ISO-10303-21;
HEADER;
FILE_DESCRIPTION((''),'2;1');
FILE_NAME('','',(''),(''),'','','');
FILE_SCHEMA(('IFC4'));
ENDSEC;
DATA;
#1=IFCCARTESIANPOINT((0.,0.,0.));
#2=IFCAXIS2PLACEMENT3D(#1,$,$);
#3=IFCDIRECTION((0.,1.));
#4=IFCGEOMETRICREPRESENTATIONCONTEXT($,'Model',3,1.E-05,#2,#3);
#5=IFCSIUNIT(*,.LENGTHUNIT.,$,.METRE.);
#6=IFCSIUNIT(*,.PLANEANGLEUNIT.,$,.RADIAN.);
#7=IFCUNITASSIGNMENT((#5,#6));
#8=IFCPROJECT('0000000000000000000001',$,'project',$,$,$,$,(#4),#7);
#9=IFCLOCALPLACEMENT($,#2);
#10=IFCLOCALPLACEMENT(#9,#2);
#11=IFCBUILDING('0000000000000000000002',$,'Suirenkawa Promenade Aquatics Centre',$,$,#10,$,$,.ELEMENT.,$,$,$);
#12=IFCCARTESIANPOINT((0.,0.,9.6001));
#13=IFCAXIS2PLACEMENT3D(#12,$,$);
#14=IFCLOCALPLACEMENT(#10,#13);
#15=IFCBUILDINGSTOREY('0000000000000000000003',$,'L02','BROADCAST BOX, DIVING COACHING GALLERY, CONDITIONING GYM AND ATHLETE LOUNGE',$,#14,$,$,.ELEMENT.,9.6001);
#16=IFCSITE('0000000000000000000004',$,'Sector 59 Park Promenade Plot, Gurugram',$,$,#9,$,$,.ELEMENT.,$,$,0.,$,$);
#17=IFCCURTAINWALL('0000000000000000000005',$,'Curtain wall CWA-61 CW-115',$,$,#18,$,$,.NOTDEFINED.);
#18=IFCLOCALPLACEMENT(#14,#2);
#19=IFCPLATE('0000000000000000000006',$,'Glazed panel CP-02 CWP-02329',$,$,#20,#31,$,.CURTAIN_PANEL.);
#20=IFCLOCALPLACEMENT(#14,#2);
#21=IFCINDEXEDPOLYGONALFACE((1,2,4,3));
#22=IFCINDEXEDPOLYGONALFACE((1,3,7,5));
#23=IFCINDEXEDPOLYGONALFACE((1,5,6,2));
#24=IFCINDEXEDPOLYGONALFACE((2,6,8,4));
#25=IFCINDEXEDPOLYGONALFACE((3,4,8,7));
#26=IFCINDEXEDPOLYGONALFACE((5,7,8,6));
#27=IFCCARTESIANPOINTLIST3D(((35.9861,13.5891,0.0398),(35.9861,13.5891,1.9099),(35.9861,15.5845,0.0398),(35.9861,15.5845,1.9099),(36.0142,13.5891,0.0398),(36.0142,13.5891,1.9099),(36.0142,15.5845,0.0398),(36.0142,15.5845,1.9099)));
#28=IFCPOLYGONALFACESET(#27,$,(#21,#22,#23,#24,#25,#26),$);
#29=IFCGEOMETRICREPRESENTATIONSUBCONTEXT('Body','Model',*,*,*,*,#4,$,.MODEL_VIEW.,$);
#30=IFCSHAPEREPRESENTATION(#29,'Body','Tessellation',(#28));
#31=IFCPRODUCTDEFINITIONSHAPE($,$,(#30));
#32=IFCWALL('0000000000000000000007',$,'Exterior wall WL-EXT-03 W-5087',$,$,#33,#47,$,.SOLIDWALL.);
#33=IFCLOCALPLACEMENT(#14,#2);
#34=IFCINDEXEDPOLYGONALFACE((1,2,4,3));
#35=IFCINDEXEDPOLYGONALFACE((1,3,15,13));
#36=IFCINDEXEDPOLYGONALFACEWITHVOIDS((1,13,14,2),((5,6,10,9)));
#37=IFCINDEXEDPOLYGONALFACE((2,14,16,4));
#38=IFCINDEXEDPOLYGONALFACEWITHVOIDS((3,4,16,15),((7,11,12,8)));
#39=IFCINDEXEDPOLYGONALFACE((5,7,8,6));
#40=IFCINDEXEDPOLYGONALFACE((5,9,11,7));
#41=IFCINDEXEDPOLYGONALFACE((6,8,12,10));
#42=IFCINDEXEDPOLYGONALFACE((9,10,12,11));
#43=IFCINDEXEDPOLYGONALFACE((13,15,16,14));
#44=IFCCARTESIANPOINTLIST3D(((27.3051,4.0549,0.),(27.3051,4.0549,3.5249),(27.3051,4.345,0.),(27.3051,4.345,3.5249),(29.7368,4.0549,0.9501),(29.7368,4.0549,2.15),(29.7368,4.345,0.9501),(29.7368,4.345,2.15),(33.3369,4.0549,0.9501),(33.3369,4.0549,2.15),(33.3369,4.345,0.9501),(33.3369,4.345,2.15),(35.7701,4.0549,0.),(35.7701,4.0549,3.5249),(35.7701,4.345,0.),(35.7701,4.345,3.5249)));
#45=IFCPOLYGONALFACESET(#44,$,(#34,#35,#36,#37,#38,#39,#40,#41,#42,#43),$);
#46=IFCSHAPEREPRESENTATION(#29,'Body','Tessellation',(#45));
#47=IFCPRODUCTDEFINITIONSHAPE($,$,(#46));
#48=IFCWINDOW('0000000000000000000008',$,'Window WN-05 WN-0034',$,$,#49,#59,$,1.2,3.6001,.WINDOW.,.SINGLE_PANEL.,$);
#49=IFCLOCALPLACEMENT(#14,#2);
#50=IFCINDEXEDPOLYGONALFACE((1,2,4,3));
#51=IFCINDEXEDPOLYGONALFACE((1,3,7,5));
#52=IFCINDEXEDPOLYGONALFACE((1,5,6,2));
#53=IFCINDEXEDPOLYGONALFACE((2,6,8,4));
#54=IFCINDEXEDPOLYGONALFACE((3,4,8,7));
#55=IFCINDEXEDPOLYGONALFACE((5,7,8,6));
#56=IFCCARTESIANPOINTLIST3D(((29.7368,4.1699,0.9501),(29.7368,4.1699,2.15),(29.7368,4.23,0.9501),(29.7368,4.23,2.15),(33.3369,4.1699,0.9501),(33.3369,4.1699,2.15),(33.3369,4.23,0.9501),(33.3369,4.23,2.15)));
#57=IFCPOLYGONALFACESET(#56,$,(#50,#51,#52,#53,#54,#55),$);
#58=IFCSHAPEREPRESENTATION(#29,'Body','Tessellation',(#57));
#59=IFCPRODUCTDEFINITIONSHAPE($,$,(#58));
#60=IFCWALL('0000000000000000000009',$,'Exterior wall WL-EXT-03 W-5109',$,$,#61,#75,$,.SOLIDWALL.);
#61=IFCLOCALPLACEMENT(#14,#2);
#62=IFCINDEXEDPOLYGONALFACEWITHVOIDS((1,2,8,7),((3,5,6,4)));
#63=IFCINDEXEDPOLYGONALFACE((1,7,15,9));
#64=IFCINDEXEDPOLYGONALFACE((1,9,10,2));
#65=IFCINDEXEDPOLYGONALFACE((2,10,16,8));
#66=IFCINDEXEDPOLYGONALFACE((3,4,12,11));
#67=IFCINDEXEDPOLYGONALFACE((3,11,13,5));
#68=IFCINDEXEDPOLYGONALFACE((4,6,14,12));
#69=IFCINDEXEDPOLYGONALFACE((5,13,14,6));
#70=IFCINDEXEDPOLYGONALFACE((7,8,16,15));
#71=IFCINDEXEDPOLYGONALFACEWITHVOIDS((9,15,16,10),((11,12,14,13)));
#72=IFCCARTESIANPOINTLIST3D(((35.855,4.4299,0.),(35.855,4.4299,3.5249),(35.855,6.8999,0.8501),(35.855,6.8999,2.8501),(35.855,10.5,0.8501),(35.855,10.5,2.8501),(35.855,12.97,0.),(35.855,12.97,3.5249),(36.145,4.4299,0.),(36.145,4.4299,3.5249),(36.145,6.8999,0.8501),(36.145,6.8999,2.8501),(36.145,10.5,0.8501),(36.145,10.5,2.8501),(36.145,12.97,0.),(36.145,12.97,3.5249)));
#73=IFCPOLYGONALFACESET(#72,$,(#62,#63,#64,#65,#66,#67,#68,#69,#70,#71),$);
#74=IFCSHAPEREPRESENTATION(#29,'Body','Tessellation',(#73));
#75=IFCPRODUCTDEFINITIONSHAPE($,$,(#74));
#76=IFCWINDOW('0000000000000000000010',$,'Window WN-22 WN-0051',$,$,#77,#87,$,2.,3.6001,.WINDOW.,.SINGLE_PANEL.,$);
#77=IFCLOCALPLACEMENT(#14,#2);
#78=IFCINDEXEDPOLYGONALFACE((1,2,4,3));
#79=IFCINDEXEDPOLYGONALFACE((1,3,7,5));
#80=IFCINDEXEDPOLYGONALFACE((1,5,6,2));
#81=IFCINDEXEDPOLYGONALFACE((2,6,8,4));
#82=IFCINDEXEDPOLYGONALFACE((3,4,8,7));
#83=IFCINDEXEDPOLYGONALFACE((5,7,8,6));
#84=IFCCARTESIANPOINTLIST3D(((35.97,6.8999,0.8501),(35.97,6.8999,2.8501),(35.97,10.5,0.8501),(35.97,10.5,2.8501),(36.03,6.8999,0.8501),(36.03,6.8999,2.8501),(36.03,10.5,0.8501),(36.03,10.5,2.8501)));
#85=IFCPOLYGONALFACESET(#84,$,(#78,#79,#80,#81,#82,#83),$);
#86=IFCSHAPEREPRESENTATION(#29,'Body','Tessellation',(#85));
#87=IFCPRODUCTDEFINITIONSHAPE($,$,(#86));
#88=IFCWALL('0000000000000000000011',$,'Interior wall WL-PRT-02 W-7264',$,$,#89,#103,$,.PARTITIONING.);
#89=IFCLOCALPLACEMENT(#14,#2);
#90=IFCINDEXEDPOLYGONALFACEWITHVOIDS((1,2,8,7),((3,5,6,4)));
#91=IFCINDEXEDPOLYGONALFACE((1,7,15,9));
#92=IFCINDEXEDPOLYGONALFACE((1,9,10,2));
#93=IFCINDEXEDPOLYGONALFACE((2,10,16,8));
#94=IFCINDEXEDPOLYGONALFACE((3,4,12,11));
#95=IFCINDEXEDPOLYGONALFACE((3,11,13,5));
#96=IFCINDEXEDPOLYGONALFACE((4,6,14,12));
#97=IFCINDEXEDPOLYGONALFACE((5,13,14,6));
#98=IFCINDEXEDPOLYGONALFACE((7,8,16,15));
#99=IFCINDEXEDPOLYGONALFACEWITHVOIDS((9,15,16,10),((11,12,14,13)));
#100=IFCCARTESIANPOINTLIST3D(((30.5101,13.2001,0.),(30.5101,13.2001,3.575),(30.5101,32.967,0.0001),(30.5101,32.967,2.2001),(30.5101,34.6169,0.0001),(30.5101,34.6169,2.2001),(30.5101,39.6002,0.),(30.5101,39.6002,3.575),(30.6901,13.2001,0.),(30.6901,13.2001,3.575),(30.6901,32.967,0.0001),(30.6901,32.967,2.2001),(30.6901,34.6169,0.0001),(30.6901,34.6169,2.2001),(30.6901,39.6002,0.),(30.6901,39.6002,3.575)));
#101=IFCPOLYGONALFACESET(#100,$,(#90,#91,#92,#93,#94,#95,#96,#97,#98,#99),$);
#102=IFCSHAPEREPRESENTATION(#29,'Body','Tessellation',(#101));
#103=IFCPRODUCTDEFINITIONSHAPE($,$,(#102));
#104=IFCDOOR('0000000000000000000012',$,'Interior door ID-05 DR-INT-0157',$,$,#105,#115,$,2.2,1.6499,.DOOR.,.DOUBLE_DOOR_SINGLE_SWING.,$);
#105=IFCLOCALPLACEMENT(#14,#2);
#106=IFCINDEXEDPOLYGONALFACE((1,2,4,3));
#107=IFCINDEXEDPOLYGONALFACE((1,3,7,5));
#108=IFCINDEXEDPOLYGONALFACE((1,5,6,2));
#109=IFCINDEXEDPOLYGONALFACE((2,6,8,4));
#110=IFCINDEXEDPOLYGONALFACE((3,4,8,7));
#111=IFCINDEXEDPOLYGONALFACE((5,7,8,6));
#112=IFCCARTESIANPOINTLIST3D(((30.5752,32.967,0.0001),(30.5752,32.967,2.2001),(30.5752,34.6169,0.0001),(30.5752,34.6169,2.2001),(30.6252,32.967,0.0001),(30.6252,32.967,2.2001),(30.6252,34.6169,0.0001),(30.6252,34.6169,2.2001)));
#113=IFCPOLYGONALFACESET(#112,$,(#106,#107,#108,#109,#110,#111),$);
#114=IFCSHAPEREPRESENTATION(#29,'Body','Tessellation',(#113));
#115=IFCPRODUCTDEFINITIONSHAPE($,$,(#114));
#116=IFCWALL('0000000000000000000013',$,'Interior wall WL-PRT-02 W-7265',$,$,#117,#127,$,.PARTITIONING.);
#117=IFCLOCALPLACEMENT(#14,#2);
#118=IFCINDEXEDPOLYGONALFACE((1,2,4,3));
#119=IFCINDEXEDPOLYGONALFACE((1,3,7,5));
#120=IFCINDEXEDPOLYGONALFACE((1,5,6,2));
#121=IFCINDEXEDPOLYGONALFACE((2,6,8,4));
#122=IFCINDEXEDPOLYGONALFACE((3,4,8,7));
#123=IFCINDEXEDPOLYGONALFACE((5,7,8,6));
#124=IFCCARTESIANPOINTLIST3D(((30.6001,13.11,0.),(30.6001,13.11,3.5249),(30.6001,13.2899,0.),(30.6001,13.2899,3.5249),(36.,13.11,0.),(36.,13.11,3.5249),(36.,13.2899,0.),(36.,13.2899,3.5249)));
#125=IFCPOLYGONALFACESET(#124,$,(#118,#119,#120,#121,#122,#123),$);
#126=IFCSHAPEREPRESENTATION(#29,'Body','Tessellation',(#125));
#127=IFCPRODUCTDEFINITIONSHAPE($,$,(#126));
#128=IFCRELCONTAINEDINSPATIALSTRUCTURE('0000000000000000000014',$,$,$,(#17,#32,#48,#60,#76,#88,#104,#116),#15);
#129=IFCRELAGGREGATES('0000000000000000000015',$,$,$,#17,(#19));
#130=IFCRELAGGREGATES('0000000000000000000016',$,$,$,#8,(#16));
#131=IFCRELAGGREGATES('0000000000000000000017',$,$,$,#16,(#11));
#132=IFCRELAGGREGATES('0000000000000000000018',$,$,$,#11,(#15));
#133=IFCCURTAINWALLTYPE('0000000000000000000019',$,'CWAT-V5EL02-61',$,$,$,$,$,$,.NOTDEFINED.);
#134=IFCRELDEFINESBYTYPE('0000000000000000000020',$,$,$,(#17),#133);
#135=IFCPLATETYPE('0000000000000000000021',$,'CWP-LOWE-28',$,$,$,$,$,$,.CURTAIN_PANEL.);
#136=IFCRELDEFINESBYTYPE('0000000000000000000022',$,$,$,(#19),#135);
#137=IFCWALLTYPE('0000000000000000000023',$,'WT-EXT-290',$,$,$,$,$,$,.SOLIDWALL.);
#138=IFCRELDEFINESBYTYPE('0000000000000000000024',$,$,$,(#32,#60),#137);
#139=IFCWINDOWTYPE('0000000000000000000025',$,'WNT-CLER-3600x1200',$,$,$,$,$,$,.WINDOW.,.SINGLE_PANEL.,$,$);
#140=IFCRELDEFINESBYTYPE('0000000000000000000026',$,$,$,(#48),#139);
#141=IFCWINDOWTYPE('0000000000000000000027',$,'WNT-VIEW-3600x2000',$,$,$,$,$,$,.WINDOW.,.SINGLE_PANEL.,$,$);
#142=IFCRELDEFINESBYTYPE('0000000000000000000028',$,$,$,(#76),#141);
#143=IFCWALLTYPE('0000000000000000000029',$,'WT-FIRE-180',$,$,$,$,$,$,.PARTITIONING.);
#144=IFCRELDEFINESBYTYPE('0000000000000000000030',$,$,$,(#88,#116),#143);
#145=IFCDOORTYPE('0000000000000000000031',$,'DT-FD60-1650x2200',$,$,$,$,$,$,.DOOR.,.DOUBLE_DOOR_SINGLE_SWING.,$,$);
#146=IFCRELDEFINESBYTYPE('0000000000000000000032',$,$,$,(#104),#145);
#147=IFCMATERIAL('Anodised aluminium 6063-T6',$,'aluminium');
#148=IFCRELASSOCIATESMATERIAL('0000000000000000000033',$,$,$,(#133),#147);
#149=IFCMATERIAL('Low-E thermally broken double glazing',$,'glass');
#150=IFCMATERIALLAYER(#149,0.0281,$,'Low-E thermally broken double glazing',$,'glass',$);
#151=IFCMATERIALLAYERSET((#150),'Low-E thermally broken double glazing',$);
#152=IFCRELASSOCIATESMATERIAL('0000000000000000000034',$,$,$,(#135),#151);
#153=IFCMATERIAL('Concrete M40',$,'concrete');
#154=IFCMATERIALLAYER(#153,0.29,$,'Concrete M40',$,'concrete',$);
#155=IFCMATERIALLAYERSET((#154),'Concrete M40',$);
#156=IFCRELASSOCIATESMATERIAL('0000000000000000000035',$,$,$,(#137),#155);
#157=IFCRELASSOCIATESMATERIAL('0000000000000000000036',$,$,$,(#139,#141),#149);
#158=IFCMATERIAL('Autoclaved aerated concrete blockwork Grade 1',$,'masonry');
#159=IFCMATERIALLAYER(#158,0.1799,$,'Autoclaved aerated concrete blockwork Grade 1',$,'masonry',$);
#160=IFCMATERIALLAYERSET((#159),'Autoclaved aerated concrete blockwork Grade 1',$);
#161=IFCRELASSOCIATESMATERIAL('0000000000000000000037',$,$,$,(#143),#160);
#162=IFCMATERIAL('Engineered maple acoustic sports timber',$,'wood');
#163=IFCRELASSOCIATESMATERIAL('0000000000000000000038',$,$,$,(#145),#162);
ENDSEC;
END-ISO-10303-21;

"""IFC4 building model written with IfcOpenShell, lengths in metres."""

from ifc_helpers import new_model, si_unit, direction, frame, frame_2d, origin, place, context, subcontext, project, spatial, polyline, rectangle, outline, extrude, material, layer, layer_set, type_object, element, fill, aggregate, save


model = new_model("IFC4")

# Units and contexts
model_context = context("Model", 3, precision=1e-05, world=origin(), true_north=direction((0.0, 1.0)))
body_context = subcontext(model_context, "Body", "Model", "MODEL_VIEW")
ifc_project = project(units=[si_unit("LENGTHUNIT", "METRE"), si_unit("PLANEANGLEUNIT", "RADIAN")], contexts=[model_context])

# Site, building, storey
site_placement = place(None, origin())
site = spatial("IfcSite", under=ifc_project, at=site_placement, Name="Sector 59 Park Promenade Plot, Gurugram", CompositionType="ELEMENT", RefElevation=0.0)
building_placement = place(site_placement, origin())
building = spatial("IfcBuilding", under=site, at=building_placement, Name="Suirenkawa Promenade Aquatics Centre", CompositionType="ELEMENT")
storey_placement = place(building_placement, frame((0.0, 0.0, 9.6001)))
storey = spatial("IfcBuildingStorey", under=building, at=storey_placement, Name="L02", Description="BROADCAST BOX, DIVING COACHING GALLERY, CONDITIONING GYM AND ATHLETE LOUNGE", CompositionType="ELEMENT", Elevation=9.6001)

# Shared definitions
ifc_material_1 = material(Name="Concrete M40", Category="concrete")

# Curtain wall, plate
ifc_material_2 = material(Name="Anodised aluminium 6063-T6", Category="aluminium")
curtain_wall_type = type_object("IfcCurtainWallType", Name="CWAT-V5EL02-61", PredefinedType="NOTDEFINED", material=ifc_material_2)
curtain_wall_placement = place(storey_placement, origin())
curtain_wall = element("IfcCurtainWall", 1, at=curtain_wall_placement, inside=storey, type_object=curtain_wall_type, Name="Curtain wall CWA-61 CW-115", PredefinedType="NOTDEFINED")
ifc_material_3 = material(Name="Low-E thermally broken double glazing", Category="glass")
ifc_layer_1 = layer(ifc_material_3, 0.0281, Name="Low-E thermally broken double glazing", Category="glass")
ifc_layer_set_1 = layer_set([ifc_layer_1], Name="Low-E thermally broken double glazing")
plate_type = type_object("IfcPlateType", Name="CWP-LOWE-28", PredefinedType="CURTAIN_PANEL", material=ifc_layer_set_1)
plate_1_placement = place(storey_placement, frame((36.0, 15.6245, 0.0398), z_axis=(0.0, 0.0, 1.0), x_axis=(0.0, -1.0, 0.0)))
plate_1 = element("IfcPlate", 2, at=plate_1_placement, type_object=plate_type, Name="Glazed panel CP-02 CWP-02329", PredefinedType="CURTAIN_PANEL", context=body_context, shape_type="SweptSolid", body=[
    extrude(outline(polyline([(0.04, 0.0), (2.0354, 0.0), (2.0354, 1.8701), (0.04, 1.8701), (0.04, 0.0)])), frame((0.0, 0.0142, 0.0), z_axis=(0.0, -1.0, 0.0), x_axis=(1.0, 0.0, 0.0)), (0.0, 0.0, 1.0), 0.0281),
])
aggregate(curtain_wall, [plate_1])

# Walls, openings, windows
ifc_layer_2 = layer(ifc_material_1, 0.29, Name="Concrete M40", Category="concrete")
ifc_layer_set_2 = layer_set([ifc_layer_2], Name="Concrete M40")
wall_type_1 = type_object("IfcWallType", Name="WT-EXT-290", PredefinedType="SOLIDWALL", material=ifc_layer_set_2)
wall_1_placement = place(storey_placement, frame((35.77, 4.2, 0.0), z_axis=(0.0, 0.0, 1.0), x_axis=(-1.0, 0.0, 0.0)))
wall_1 = element("IfcWall", 3, at=wall_1_placement, inside=storey, type_object=wall_type_1, Name="Exterior wall WL-EXT-03 W-5087", PredefinedType="SOLIDWALL", context=body_context, shape_type="SweptSolid", body=[
    extrude(rectangle(XDim=8.4651, YDim=0.29, at=frame_2d((4.2324, 0.0))), origin(), (0.0, 0.0, 1.0), 3.5249),
])
opening_1_placement = place(wall_1_placement, frame((2.4331, 0.0, 0.95)))
opening_1 = element("IfcOpeningElement", 4, at=opening_1_placement, cuts=wall_1, PredefinedType="OPENING", context=body_context, shape_type="SweptSolid", body=[
    extrude(rectangle(XDim=3.6001, YDim=1.2, at=frame_2d((1.8, 0.6001))), frame((0.0, 0.155, 0.0), z_axis=(0.0, -1.0, 0.0), x_axis=(1.0, 0.0, 0.0)), (0.0, 0.0, 1.0), 0.3101),
])
window_type_1 = type_object("IfcWindowType", Name="WNT-CLER-3600x1200", PartitioningType="SINGLE_PANEL", PredefinedType="WINDOW", material=ifc_material_3)
window_1_placement = place(opening_1_placement, origin())
window_1 = element("IfcWindow", 5, at=window_1_placement, inside=storey, type_object=window_type_1, Name="Window WN-05 WN-0034", OverallHeight=1.2, OverallWidth=3.6001, PartitioningType="SINGLE_PANEL", PredefinedType="WINDOW", context=body_context, shape_type="SweptSolid", body=[
    extrude(rectangle(XDim=3.6001, YDim=1.2, at=frame_2d((1.8, 0.6001))), frame((0.0, 0.03, 0.0), z_axis=(0.0, -1.0, 0.0), x_axis=(1.0, 0.0, 0.0)), (0.0, 0.0, 1.0), 0.0601),
])
fill(opening_1, window_1)
wall_2_placement = place(storey_placement, frame((36.0, 12.97, 0.0), z_axis=(0.0, 0.0, 1.0), x_axis=(0.0, -1.0, 0.0)))
wall_2 = element("IfcWall", 6, at=wall_2_placement, inside=storey, type_object=wall_type_1, Name="Exterior wall WL-EXT-03 W-5109", PredefinedType="SOLIDWALL", context=body_context, shape_type="SweptSolid", body=[
    extrude(rectangle(XDim=8.54, YDim=0.29, at=frame_2d((4.27, 0.0))), origin(), (0.0, 0.0, 1.0), 3.5249),
])
opening_2_placement = place(wall_2_placement, frame((2.47, 0.0, 0.8501)))
opening_2 = element("IfcOpeningElement", 7, at=opening_2_placement, cuts=wall_2, PredefinedType="OPENING", context=body_context, shape_type="SweptSolid", body=[
    extrude(rectangle(XDim=3.6001, YDim=2.0, at=frame_2d((1.8, 1.0))), frame((0.0, 0.155, 0.0), z_axis=(0.0, -1.0, 0.0), x_axis=(1.0, 0.0, 0.0)), (0.0, 0.0, 1.0), 0.3101),
])
window_type_2 = type_object("IfcWindowType", Name="WNT-VIEW-3600x2000", PartitioningType="SINGLE_PANEL", PredefinedType="WINDOW", material=ifc_material_3)
window_2_placement = place(opening_2_placement, origin())
window_2 = element("IfcWindow", 8, at=window_2_placement, inside=storey, type_object=window_type_2, Name="Window WN-22 WN-0051", OverallHeight=2.0, OverallWidth=3.6001, PartitioningType="SINGLE_PANEL", PredefinedType="WINDOW", context=body_context, shape_type="SweptSolid", body=[
    extrude(rectangle(XDim=3.6001, YDim=2.0, at=frame_2d((1.8, 1.0))), frame((0.0, 0.03, 0.0), z_axis=(0.0, -1.0, 0.0), x_axis=(1.0, 0.0, 0.0)), (0.0, 0.0, 1.0), 0.0601),
])
fill(opening_2, window_2)

# Wall, opening, door
ifc_material_4 = material(Name="Autoclaved aerated concrete blockwork Grade 1", Category="masonry")
ifc_layer_3 = layer(ifc_material_4, 0.1799, Name="Autoclaved aerated concrete blockwork Grade 1", Category="masonry")
ifc_layer_set_3 = layer_set([ifc_layer_3], Name="Autoclaved aerated concrete blockwork Grade 1")
wall_type_2 = type_object("IfcWallType", Name="WT-FIRE-180", PredefinedType="PARTITIONING", material=ifc_layer_set_3)
wall_3_placement = place(storey_placement, frame((30.6001, 13.2, 0.0), z_axis=(0.0, 0.0, 1.0), x_axis=(0.0, 1.0, 0.0)))
wall_3 = element("IfcWall", 9, at=wall_3_placement, inside=storey, type_object=wall_type_2, Name="Interior wall WL-PRT-02 W-7264", PredefinedType="PARTITIONING", context=body_context, shape_type="SweptSolid", body=[
    extrude(rectangle(XDim=26.4001, YDim=0.1799, at=frame_2d((13.2002, 0.0))), origin(), (0.0, 0.0, 1.0), 3.575),
])
opening_3_placement = place(wall_3_placement, frame((19.7671, 0.0, 0.0)))
opening_3 = element("IfcOpeningElement", 10, at=opening_3_placement, cuts=wall_3, PredefinedType="OPENING", context=body_context, shape_type="SweptSolid", body=[
    extrude(rectangle(XDim=1.6499, YDim=2.2, at=frame_2d((0.825, 1.1001))), frame((0.0, 0.0999, 0.0), z_axis=(0.0, -1.0, 0.0), x_axis=(1.0, 0.0, 0.0)), (0.0, 0.0, 1.0), 0.2),
])
ifc_material_5 = material(Name="Engineered maple acoustic sports timber", Category="wood")
door_type = type_object("IfcDoorType", Name="DT-FD60-1650x2200", OperationType="DOUBLE_DOOR_SINGLE_SWING", PredefinedType="DOOR", material=ifc_material_5)
door_placement = place(opening_3_placement, origin())
door = element("IfcDoor", 11, at=door_placement, inside=storey, type_object=door_type, Name="Interior door ID-05 DR-INT-0157", OperationType="DOUBLE_DOOR_SINGLE_SWING", OverallHeight=2.2, OverallWidth=1.6499, PredefinedType="DOOR", context=body_context, shape_type="SweptSolid", body=[
    extrude(rectangle(XDim=1.6499, YDim=2.2, at=frame_2d((0.825, 1.1001))), frame((0.0, 0.0249, 0.0), z_axis=(0.0, -1.0, 0.0), x_axis=(1.0, 0.0, 0.0)), (0.0, 0.0, 1.0), 0.05),
])
fill(opening_3, door)

# Wall
wall_4_placement = place(storey_placement, frame((30.6001, 13.2, 0.0), z_axis=(0.0, 0.0, 1.0), x_axis=(1.0, 0.0, 0.0)))
element("IfcWall", 12, at=wall_4_placement, inside=storey, type_object=wall_type_2, Name="Interior wall WL-PRT-02 W-7265", PredefinedType="PARTITIONING", context=body_context, shape_type="SweptSolid", body=[
    extrude(rectangle(XDim=5.3999, YDim=0.1799, at=frame_2d((2.7, 0.0))), origin(), (0.0, 0.0, 1.0), 3.5249),
])

save(model, "model.ifc")
